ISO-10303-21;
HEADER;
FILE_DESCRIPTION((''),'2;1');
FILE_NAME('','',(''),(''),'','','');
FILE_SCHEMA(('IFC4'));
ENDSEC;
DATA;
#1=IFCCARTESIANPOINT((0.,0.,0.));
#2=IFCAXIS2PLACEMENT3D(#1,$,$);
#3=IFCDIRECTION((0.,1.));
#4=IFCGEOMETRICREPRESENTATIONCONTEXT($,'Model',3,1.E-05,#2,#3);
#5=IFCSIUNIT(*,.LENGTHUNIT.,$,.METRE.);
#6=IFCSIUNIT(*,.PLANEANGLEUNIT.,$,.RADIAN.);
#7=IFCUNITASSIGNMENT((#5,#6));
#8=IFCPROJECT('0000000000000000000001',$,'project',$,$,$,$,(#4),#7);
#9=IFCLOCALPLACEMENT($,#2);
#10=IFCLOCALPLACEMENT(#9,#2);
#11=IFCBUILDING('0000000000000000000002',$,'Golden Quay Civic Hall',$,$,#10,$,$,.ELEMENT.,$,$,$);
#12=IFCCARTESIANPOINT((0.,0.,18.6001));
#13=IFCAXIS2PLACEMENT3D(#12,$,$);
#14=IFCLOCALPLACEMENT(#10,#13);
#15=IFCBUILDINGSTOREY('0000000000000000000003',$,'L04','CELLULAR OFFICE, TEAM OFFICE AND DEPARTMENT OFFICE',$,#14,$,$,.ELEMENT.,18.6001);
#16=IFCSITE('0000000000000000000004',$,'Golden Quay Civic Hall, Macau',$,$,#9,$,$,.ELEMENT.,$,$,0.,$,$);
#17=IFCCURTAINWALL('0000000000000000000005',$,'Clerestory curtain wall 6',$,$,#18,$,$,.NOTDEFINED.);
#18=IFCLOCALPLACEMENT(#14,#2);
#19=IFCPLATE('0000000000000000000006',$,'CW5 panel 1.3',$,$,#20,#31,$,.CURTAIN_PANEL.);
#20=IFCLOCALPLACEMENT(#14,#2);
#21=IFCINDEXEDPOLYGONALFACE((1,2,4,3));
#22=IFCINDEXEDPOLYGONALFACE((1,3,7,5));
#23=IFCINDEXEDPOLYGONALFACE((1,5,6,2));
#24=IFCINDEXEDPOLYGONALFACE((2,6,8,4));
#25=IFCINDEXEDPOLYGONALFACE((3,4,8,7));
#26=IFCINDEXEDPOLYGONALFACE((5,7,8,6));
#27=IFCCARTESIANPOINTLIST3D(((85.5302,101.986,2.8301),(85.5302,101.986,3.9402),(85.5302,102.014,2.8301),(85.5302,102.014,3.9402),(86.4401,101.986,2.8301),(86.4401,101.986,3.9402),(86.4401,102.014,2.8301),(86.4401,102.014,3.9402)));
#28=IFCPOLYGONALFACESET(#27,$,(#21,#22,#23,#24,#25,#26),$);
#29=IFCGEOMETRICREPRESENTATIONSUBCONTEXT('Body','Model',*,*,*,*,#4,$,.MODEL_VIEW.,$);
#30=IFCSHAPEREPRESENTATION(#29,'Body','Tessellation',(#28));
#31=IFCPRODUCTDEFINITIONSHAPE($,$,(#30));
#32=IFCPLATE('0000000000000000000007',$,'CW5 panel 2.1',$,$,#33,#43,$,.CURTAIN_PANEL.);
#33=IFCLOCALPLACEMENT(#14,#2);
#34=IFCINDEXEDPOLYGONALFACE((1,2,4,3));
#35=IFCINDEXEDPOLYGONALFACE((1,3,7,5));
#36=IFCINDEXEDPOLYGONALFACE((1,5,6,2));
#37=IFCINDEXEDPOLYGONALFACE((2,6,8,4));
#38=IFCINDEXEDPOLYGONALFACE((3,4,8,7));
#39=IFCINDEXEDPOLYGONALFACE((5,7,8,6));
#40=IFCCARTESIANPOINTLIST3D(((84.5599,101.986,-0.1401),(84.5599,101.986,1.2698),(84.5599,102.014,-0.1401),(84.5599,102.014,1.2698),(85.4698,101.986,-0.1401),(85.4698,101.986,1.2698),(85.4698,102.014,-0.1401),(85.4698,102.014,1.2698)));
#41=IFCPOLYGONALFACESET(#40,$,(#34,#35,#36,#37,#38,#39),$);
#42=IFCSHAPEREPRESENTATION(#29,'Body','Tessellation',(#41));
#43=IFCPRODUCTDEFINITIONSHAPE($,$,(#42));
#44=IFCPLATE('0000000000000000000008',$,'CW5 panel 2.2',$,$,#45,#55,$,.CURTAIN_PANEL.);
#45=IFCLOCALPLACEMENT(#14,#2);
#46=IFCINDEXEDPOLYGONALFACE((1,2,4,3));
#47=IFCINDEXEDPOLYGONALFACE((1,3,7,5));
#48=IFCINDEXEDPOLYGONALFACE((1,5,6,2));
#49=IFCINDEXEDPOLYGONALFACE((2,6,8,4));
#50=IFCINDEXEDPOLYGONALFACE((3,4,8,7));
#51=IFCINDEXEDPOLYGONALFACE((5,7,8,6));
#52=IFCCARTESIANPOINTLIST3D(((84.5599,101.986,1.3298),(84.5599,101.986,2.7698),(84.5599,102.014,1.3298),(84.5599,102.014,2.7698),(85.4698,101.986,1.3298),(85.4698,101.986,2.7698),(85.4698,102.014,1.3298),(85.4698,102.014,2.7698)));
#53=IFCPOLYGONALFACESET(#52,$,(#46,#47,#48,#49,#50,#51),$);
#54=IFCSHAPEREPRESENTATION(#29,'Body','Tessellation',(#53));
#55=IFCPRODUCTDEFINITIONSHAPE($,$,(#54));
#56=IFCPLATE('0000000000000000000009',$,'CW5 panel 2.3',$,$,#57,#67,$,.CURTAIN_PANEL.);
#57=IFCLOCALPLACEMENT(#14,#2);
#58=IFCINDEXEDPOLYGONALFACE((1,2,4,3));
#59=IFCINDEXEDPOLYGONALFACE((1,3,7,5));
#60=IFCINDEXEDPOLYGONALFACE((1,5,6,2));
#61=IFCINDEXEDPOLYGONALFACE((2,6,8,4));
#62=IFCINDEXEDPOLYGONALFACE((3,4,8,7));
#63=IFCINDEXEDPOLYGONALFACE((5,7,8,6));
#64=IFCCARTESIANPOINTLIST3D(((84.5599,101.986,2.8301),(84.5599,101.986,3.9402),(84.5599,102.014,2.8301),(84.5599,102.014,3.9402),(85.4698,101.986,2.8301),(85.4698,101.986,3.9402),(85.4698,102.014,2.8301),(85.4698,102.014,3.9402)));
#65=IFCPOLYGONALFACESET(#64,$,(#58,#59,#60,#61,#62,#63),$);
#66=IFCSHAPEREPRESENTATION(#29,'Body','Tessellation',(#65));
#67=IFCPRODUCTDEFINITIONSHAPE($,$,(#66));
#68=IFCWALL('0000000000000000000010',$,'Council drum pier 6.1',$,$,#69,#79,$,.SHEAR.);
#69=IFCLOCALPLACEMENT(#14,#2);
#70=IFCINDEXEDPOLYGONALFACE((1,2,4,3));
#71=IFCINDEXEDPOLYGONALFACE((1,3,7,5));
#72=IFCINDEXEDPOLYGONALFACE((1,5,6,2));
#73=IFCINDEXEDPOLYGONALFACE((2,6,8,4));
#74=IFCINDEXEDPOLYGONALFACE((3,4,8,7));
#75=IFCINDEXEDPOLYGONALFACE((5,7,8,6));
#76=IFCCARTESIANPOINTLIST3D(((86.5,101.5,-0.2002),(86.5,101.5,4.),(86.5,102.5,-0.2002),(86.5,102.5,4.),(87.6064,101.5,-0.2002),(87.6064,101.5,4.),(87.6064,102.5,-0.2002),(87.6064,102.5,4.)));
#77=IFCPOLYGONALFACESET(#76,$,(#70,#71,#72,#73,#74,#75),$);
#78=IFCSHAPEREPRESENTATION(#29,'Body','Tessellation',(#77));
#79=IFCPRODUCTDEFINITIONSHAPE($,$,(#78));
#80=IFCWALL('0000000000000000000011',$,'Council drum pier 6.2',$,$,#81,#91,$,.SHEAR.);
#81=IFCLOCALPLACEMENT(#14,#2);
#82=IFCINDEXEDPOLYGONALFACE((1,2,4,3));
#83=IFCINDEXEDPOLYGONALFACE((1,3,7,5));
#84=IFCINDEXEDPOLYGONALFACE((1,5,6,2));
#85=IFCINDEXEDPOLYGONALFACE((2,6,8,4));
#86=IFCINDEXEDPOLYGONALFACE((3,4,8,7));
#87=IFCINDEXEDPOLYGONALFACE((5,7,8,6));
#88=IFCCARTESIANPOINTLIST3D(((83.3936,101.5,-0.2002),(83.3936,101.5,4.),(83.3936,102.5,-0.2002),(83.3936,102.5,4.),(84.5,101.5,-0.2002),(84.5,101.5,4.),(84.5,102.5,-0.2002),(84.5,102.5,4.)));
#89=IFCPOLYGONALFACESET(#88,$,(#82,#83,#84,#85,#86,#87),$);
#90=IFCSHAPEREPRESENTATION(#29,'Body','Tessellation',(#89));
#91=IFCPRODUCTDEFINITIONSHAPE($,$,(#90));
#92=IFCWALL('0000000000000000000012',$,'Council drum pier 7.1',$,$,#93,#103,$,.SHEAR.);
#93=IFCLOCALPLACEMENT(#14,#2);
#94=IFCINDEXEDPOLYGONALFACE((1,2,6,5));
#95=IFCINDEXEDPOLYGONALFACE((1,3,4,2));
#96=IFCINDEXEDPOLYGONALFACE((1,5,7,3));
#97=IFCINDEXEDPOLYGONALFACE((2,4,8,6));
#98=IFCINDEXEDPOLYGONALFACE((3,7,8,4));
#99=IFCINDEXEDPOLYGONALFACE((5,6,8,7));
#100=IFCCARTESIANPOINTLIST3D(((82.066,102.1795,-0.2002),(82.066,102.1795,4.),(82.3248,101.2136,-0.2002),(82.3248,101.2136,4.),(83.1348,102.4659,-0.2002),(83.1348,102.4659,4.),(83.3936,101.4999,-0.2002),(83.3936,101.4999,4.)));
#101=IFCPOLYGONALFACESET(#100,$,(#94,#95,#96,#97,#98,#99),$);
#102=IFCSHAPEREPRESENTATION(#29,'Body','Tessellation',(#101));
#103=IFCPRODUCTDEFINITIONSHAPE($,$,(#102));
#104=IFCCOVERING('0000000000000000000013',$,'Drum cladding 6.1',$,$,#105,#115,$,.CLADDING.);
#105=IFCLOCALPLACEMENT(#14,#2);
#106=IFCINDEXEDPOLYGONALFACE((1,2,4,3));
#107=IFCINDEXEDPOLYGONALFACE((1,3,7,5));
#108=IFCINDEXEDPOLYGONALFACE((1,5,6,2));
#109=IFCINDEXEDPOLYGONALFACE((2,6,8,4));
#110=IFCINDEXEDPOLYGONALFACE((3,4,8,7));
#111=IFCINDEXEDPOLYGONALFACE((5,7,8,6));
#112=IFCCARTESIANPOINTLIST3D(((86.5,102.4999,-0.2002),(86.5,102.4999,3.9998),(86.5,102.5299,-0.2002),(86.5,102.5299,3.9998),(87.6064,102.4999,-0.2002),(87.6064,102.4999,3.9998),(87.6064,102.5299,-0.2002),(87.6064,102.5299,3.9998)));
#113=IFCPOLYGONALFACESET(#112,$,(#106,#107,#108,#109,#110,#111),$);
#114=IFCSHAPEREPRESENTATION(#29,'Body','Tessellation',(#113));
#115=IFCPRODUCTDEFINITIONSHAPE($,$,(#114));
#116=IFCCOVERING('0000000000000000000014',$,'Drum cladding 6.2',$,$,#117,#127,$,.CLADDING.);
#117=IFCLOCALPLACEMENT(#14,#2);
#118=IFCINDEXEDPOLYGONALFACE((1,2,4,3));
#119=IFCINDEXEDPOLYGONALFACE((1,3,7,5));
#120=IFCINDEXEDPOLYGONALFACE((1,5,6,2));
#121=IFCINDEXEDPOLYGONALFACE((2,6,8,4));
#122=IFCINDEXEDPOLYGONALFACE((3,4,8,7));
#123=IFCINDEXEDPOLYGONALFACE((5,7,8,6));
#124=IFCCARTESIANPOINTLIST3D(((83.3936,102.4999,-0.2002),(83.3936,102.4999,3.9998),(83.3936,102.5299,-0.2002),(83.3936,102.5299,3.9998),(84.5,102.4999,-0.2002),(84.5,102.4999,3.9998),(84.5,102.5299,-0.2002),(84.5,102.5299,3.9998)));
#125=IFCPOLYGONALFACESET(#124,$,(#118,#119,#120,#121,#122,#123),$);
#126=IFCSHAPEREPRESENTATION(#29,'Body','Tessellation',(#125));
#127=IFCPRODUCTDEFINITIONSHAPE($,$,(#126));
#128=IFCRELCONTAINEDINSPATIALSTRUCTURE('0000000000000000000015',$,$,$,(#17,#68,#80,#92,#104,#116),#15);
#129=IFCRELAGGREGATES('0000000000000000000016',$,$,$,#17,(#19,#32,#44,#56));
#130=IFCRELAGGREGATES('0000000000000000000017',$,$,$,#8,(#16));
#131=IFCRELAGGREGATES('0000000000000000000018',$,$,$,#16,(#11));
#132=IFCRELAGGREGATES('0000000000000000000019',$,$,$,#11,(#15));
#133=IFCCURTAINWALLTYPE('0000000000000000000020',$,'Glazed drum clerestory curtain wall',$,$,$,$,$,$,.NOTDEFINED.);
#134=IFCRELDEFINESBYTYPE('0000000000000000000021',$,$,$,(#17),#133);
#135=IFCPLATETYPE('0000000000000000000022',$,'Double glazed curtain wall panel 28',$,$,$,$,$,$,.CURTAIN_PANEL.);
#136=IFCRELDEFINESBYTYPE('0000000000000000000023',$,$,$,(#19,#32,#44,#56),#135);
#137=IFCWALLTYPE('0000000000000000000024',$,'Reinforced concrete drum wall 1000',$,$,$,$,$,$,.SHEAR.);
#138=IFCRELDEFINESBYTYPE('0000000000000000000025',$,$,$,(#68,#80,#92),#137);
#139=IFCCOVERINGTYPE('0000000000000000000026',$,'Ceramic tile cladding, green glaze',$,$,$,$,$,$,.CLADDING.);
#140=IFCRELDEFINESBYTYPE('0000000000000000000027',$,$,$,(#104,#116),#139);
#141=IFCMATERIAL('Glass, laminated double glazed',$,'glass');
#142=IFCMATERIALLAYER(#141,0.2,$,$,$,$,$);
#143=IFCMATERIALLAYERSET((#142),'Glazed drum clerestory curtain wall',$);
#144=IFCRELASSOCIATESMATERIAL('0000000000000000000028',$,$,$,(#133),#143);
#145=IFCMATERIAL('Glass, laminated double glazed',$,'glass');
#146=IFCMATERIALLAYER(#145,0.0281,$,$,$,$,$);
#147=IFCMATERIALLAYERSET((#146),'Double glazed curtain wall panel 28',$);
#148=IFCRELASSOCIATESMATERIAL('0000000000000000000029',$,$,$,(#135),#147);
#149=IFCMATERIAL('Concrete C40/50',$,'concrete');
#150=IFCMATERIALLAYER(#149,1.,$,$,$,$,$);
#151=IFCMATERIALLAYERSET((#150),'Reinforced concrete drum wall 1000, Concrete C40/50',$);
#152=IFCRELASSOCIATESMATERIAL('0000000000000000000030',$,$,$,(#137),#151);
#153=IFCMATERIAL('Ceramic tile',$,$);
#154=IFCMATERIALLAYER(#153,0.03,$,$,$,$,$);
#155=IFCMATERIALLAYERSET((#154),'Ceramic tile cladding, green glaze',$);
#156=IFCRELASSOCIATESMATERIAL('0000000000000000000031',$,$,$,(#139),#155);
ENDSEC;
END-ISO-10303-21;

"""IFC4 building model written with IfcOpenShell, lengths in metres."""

from ifc_helpers import new_model, si_unit, direction, frame, frame_2d, origin, origin_2d, place, context, subcontext, project, spatial, rectangle, extrude, material, layer, layer_set, type_object, element, aggregate, save


model = new_model("IFC4")

# Units and contexts
model_context = context("Model", 3, precision=1e-05, world=origin(), true_north=direction((0.0, 1.0)))
body_context = subcontext(model_context, "Body", "Model", "MODEL_VIEW")
ifc_project = project(units=[si_unit("LENGTHUNIT", "METRE"), si_unit("PLANEANGLEUNIT", "RADIAN")], contexts=[model_context])

# Site, building, storey
site_placement = place(None, origin())
site = spatial("IfcSite", under=ifc_project, at=site_placement, Name="Golden Quay Civic Hall, Macau", CompositionType="ELEMENT", RefElevation=0.0)
building_placement = place(site_placement, origin())
building = spatial("IfcBuilding", under=site, at=building_placement, Name="Golden Quay Civic Hall", CompositionType="ELEMENT")
storey_placement = place(building_placement, frame((0.0, 0.0, 18.6001)))
storey = spatial("IfcBuildingStorey", under=building, at=storey_placement, Name="L04", Description="CELLULAR OFFICE, TEAM OFFICE AND DEPARTMENT OFFICE", CompositionType="ELEMENT", Elevation=18.6001)

# Curtain wall
ifc_material_1 = material(Name="Glass, laminated double glazed", Category="glass")
ifc_layer_1 = layer(ifc_material_1, 0.2)
ifc_layer_set_1 = layer_set([ifc_layer_1], Name="Glazed drum clerestory curtain wall")
curtain_wall_type = type_object("IfcCurtainWallType", Name="Glazed drum clerestory curtain wall", PredefinedType="NOTDEFINED", material=ifc_layer_set_1)
curtain_wall_placement = place(storey_placement, origin())
curtain_wall = element("IfcCurtainWall", 1, at=curtain_wall_placement, inside=storey, type_object=curtain_wall_type, Name="Clerestory curtain wall 6", PredefinedType="NOTDEFINED")

# Plates
ifc_material_2 = material(Name="Glass, laminated double glazed", Category="glass")
ifc_layer_2 = layer(ifc_material_2, 0.0281)
ifc_layer_set_2 = layer_set([ifc_layer_2], Name="Double glazed curtain wall panel 28")
plate_type = type_object("IfcPlateType", Name="Double glazed curtain wall panel 28", PredefinedType="CURTAIN_PANEL", material=ifc_layer_set_2)
plate_1_placement = place(storey_placement, frame((85.9851, 102.0, 2.8301), z_axis=(0.0, 0.0, 1.0), x_axis=(-1.0, 0.0, 0.0)))
plate_1 = element("IfcPlate", 2, at=plate_1_placement, type_object=plate_type, Name="CW5 panel 1.3", PredefinedType="CURTAIN_PANEL", context=body_context, shape_type="SweptSolid", body=[
    extrude(rectangle(XDim=0.9099, YDim=0.0281, at=origin_2d()), origin(), (0.0, 0.0, 1.0), 1.1101),
])
plate_2_placement = place(storey_placement, frame((85.0149, 102.0, -0.1401), z_axis=(0.0, 0.0, 1.0), x_axis=(-1.0, 0.0, 0.0)))
plate_2 = element("IfcPlate", 3, at=plate_2_placement, type_object=plate_type, Name="CW5 panel 2.1", PredefinedType="CURTAIN_PANEL", context=body_context, shape_type="SweptSolid", body=[
    extrude(rectangle(XDim=0.9099, YDim=0.0281, at=origin_2d()), origin(), (0.0, 0.0, 1.0), 1.4099),
])
plate_3_placement = place(storey_placement, frame((85.0149, 102.0, 1.3298), z_axis=(0.0, 0.0, 1.0), x_axis=(-1.0, 0.0, 0.0)))
plate_3 = element("IfcPlate", 4, at=plate_3_placement, type_object=plate_type, Name="CW5 panel 2.2", PredefinedType="CURTAIN_PANEL", context=body_context, shape_type="SweptSolid", body=[
    extrude(rectangle(XDim=0.9099, YDim=0.0281, at=origin_2d()), origin(), (0.0, 0.0, 1.0), 1.4399),
])
plate_4_placement = place(storey_placement, frame((85.0149, 102.0, 2.8301), z_axis=(0.0, 0.0, 1.0), x_axis=(-1.0, 0.0, 0.0)))
plate_4 = element("IfcPlate", 5, at=plate_4_placement, type_object=plate_type, Name="CW5 panel 2.3", PredefinedType="CURTAIN_PANEL", context=body_context, shape_type="SweptSolid", body=[
    extrude(rectangle(XDim=0.9099, YDim=0.0281, at=origin_2d()), origin(), (0.0, 0.0, 1.0), 1.1101),
])
aggregate(curtain_wall, [plate_1, plate_2, plate_3, plate_4])

# Walls
ifc_material_3 = material(Name="Concrete C40/50", Category="concrete")
ifc_layer_3 = layer(ifc_material_3, 1.0)
ifc_layer_set_3 = layer_set([ifc_layer_3], Name="Reinforced concrete drum wall 1000, Concrete C40/50")
wall_type = type_object("IfcWallType", Name="Reinforced concrete drum wall 1000", PredefinedType="SHEAR", material=ifc_layer_set_3)
for number, where, z_axis, x_axis, name in (
    (6, (87.6064, 102.0, -0.2002), (0.0, 0.0, 1.0), (-1.0, 0.0, 0.0), "Council drum pier 6.1"),
    (7, (84.5, 102.0, -0.2002), (0.0, 0.0, 1.0), (-1.0, 0.0, 0.0), "Council drum pier 6.2"),
    (8, (83.2642, 101.9829, -0.2002), (0.0, 0.0, 1.0), (-0.96593, -0.258802, 0.0), "Council drum pier 7.1"),
):
    element("IfcWall", number, at=place(storey_placement, frame(where, z_axis=z_axis, x_axis=x_axis)), inside=storey, type_object=wall_type, Name=name, PredefinedType="SHEAR", context=body_context, shape_type="SweptSolid", body=[
        extrude(rectangle(XDim=1.1064, YDim=1.0, at=frame_2d((0.5532, 0.0))), origin(), (0.0, 0.0, 1.0), 4.2002),
    ])

# Coverings
ifc_material_4 = material(Name="Ceramic tile")
ifc_layer_4 = layer(ifc_material_4, 0.03)
ifc_layer_set_4 = layer_set([ifc_layer_4], Name="Ceramic tile cladding, green glaze")
covering_type = type_object("IfcCoveringType", Name="Ceramic tile cladding, green glaze", PredefinedType="CLADDING", material=ifc_layer_set_4)
for number, where, z_axis, x_axis, name in (
    (9, (87.0532, 102.5149, -0.2002), (0.0, 0.0, 1.0), (-1.0, 0.0, 0.0), "Drum cladding 6.1"),
    (10, (83.9468, 102.5149, -0.2002), (0.0, 0.0, 1.0), (-1.0, 0.0, 0.0), "Drum cladding 6.2"),
):
    element("IfcCovering", number, at=place(storey_placement, frame(where, z_axis=z_axis, x_axis=x_axis)), inside=storey, type_object=covering_type, Name=name, PredefinedType="CLADDING", context=body_context, shape_type="SweptSolid", body=[
        extrude(rectangle(XDim=1.1064, YDim=0.03, at=origin_2d()), origin(), (0.0, 0.0, 1.0), 4.2),
    ])

save(model, "model.ifc")
